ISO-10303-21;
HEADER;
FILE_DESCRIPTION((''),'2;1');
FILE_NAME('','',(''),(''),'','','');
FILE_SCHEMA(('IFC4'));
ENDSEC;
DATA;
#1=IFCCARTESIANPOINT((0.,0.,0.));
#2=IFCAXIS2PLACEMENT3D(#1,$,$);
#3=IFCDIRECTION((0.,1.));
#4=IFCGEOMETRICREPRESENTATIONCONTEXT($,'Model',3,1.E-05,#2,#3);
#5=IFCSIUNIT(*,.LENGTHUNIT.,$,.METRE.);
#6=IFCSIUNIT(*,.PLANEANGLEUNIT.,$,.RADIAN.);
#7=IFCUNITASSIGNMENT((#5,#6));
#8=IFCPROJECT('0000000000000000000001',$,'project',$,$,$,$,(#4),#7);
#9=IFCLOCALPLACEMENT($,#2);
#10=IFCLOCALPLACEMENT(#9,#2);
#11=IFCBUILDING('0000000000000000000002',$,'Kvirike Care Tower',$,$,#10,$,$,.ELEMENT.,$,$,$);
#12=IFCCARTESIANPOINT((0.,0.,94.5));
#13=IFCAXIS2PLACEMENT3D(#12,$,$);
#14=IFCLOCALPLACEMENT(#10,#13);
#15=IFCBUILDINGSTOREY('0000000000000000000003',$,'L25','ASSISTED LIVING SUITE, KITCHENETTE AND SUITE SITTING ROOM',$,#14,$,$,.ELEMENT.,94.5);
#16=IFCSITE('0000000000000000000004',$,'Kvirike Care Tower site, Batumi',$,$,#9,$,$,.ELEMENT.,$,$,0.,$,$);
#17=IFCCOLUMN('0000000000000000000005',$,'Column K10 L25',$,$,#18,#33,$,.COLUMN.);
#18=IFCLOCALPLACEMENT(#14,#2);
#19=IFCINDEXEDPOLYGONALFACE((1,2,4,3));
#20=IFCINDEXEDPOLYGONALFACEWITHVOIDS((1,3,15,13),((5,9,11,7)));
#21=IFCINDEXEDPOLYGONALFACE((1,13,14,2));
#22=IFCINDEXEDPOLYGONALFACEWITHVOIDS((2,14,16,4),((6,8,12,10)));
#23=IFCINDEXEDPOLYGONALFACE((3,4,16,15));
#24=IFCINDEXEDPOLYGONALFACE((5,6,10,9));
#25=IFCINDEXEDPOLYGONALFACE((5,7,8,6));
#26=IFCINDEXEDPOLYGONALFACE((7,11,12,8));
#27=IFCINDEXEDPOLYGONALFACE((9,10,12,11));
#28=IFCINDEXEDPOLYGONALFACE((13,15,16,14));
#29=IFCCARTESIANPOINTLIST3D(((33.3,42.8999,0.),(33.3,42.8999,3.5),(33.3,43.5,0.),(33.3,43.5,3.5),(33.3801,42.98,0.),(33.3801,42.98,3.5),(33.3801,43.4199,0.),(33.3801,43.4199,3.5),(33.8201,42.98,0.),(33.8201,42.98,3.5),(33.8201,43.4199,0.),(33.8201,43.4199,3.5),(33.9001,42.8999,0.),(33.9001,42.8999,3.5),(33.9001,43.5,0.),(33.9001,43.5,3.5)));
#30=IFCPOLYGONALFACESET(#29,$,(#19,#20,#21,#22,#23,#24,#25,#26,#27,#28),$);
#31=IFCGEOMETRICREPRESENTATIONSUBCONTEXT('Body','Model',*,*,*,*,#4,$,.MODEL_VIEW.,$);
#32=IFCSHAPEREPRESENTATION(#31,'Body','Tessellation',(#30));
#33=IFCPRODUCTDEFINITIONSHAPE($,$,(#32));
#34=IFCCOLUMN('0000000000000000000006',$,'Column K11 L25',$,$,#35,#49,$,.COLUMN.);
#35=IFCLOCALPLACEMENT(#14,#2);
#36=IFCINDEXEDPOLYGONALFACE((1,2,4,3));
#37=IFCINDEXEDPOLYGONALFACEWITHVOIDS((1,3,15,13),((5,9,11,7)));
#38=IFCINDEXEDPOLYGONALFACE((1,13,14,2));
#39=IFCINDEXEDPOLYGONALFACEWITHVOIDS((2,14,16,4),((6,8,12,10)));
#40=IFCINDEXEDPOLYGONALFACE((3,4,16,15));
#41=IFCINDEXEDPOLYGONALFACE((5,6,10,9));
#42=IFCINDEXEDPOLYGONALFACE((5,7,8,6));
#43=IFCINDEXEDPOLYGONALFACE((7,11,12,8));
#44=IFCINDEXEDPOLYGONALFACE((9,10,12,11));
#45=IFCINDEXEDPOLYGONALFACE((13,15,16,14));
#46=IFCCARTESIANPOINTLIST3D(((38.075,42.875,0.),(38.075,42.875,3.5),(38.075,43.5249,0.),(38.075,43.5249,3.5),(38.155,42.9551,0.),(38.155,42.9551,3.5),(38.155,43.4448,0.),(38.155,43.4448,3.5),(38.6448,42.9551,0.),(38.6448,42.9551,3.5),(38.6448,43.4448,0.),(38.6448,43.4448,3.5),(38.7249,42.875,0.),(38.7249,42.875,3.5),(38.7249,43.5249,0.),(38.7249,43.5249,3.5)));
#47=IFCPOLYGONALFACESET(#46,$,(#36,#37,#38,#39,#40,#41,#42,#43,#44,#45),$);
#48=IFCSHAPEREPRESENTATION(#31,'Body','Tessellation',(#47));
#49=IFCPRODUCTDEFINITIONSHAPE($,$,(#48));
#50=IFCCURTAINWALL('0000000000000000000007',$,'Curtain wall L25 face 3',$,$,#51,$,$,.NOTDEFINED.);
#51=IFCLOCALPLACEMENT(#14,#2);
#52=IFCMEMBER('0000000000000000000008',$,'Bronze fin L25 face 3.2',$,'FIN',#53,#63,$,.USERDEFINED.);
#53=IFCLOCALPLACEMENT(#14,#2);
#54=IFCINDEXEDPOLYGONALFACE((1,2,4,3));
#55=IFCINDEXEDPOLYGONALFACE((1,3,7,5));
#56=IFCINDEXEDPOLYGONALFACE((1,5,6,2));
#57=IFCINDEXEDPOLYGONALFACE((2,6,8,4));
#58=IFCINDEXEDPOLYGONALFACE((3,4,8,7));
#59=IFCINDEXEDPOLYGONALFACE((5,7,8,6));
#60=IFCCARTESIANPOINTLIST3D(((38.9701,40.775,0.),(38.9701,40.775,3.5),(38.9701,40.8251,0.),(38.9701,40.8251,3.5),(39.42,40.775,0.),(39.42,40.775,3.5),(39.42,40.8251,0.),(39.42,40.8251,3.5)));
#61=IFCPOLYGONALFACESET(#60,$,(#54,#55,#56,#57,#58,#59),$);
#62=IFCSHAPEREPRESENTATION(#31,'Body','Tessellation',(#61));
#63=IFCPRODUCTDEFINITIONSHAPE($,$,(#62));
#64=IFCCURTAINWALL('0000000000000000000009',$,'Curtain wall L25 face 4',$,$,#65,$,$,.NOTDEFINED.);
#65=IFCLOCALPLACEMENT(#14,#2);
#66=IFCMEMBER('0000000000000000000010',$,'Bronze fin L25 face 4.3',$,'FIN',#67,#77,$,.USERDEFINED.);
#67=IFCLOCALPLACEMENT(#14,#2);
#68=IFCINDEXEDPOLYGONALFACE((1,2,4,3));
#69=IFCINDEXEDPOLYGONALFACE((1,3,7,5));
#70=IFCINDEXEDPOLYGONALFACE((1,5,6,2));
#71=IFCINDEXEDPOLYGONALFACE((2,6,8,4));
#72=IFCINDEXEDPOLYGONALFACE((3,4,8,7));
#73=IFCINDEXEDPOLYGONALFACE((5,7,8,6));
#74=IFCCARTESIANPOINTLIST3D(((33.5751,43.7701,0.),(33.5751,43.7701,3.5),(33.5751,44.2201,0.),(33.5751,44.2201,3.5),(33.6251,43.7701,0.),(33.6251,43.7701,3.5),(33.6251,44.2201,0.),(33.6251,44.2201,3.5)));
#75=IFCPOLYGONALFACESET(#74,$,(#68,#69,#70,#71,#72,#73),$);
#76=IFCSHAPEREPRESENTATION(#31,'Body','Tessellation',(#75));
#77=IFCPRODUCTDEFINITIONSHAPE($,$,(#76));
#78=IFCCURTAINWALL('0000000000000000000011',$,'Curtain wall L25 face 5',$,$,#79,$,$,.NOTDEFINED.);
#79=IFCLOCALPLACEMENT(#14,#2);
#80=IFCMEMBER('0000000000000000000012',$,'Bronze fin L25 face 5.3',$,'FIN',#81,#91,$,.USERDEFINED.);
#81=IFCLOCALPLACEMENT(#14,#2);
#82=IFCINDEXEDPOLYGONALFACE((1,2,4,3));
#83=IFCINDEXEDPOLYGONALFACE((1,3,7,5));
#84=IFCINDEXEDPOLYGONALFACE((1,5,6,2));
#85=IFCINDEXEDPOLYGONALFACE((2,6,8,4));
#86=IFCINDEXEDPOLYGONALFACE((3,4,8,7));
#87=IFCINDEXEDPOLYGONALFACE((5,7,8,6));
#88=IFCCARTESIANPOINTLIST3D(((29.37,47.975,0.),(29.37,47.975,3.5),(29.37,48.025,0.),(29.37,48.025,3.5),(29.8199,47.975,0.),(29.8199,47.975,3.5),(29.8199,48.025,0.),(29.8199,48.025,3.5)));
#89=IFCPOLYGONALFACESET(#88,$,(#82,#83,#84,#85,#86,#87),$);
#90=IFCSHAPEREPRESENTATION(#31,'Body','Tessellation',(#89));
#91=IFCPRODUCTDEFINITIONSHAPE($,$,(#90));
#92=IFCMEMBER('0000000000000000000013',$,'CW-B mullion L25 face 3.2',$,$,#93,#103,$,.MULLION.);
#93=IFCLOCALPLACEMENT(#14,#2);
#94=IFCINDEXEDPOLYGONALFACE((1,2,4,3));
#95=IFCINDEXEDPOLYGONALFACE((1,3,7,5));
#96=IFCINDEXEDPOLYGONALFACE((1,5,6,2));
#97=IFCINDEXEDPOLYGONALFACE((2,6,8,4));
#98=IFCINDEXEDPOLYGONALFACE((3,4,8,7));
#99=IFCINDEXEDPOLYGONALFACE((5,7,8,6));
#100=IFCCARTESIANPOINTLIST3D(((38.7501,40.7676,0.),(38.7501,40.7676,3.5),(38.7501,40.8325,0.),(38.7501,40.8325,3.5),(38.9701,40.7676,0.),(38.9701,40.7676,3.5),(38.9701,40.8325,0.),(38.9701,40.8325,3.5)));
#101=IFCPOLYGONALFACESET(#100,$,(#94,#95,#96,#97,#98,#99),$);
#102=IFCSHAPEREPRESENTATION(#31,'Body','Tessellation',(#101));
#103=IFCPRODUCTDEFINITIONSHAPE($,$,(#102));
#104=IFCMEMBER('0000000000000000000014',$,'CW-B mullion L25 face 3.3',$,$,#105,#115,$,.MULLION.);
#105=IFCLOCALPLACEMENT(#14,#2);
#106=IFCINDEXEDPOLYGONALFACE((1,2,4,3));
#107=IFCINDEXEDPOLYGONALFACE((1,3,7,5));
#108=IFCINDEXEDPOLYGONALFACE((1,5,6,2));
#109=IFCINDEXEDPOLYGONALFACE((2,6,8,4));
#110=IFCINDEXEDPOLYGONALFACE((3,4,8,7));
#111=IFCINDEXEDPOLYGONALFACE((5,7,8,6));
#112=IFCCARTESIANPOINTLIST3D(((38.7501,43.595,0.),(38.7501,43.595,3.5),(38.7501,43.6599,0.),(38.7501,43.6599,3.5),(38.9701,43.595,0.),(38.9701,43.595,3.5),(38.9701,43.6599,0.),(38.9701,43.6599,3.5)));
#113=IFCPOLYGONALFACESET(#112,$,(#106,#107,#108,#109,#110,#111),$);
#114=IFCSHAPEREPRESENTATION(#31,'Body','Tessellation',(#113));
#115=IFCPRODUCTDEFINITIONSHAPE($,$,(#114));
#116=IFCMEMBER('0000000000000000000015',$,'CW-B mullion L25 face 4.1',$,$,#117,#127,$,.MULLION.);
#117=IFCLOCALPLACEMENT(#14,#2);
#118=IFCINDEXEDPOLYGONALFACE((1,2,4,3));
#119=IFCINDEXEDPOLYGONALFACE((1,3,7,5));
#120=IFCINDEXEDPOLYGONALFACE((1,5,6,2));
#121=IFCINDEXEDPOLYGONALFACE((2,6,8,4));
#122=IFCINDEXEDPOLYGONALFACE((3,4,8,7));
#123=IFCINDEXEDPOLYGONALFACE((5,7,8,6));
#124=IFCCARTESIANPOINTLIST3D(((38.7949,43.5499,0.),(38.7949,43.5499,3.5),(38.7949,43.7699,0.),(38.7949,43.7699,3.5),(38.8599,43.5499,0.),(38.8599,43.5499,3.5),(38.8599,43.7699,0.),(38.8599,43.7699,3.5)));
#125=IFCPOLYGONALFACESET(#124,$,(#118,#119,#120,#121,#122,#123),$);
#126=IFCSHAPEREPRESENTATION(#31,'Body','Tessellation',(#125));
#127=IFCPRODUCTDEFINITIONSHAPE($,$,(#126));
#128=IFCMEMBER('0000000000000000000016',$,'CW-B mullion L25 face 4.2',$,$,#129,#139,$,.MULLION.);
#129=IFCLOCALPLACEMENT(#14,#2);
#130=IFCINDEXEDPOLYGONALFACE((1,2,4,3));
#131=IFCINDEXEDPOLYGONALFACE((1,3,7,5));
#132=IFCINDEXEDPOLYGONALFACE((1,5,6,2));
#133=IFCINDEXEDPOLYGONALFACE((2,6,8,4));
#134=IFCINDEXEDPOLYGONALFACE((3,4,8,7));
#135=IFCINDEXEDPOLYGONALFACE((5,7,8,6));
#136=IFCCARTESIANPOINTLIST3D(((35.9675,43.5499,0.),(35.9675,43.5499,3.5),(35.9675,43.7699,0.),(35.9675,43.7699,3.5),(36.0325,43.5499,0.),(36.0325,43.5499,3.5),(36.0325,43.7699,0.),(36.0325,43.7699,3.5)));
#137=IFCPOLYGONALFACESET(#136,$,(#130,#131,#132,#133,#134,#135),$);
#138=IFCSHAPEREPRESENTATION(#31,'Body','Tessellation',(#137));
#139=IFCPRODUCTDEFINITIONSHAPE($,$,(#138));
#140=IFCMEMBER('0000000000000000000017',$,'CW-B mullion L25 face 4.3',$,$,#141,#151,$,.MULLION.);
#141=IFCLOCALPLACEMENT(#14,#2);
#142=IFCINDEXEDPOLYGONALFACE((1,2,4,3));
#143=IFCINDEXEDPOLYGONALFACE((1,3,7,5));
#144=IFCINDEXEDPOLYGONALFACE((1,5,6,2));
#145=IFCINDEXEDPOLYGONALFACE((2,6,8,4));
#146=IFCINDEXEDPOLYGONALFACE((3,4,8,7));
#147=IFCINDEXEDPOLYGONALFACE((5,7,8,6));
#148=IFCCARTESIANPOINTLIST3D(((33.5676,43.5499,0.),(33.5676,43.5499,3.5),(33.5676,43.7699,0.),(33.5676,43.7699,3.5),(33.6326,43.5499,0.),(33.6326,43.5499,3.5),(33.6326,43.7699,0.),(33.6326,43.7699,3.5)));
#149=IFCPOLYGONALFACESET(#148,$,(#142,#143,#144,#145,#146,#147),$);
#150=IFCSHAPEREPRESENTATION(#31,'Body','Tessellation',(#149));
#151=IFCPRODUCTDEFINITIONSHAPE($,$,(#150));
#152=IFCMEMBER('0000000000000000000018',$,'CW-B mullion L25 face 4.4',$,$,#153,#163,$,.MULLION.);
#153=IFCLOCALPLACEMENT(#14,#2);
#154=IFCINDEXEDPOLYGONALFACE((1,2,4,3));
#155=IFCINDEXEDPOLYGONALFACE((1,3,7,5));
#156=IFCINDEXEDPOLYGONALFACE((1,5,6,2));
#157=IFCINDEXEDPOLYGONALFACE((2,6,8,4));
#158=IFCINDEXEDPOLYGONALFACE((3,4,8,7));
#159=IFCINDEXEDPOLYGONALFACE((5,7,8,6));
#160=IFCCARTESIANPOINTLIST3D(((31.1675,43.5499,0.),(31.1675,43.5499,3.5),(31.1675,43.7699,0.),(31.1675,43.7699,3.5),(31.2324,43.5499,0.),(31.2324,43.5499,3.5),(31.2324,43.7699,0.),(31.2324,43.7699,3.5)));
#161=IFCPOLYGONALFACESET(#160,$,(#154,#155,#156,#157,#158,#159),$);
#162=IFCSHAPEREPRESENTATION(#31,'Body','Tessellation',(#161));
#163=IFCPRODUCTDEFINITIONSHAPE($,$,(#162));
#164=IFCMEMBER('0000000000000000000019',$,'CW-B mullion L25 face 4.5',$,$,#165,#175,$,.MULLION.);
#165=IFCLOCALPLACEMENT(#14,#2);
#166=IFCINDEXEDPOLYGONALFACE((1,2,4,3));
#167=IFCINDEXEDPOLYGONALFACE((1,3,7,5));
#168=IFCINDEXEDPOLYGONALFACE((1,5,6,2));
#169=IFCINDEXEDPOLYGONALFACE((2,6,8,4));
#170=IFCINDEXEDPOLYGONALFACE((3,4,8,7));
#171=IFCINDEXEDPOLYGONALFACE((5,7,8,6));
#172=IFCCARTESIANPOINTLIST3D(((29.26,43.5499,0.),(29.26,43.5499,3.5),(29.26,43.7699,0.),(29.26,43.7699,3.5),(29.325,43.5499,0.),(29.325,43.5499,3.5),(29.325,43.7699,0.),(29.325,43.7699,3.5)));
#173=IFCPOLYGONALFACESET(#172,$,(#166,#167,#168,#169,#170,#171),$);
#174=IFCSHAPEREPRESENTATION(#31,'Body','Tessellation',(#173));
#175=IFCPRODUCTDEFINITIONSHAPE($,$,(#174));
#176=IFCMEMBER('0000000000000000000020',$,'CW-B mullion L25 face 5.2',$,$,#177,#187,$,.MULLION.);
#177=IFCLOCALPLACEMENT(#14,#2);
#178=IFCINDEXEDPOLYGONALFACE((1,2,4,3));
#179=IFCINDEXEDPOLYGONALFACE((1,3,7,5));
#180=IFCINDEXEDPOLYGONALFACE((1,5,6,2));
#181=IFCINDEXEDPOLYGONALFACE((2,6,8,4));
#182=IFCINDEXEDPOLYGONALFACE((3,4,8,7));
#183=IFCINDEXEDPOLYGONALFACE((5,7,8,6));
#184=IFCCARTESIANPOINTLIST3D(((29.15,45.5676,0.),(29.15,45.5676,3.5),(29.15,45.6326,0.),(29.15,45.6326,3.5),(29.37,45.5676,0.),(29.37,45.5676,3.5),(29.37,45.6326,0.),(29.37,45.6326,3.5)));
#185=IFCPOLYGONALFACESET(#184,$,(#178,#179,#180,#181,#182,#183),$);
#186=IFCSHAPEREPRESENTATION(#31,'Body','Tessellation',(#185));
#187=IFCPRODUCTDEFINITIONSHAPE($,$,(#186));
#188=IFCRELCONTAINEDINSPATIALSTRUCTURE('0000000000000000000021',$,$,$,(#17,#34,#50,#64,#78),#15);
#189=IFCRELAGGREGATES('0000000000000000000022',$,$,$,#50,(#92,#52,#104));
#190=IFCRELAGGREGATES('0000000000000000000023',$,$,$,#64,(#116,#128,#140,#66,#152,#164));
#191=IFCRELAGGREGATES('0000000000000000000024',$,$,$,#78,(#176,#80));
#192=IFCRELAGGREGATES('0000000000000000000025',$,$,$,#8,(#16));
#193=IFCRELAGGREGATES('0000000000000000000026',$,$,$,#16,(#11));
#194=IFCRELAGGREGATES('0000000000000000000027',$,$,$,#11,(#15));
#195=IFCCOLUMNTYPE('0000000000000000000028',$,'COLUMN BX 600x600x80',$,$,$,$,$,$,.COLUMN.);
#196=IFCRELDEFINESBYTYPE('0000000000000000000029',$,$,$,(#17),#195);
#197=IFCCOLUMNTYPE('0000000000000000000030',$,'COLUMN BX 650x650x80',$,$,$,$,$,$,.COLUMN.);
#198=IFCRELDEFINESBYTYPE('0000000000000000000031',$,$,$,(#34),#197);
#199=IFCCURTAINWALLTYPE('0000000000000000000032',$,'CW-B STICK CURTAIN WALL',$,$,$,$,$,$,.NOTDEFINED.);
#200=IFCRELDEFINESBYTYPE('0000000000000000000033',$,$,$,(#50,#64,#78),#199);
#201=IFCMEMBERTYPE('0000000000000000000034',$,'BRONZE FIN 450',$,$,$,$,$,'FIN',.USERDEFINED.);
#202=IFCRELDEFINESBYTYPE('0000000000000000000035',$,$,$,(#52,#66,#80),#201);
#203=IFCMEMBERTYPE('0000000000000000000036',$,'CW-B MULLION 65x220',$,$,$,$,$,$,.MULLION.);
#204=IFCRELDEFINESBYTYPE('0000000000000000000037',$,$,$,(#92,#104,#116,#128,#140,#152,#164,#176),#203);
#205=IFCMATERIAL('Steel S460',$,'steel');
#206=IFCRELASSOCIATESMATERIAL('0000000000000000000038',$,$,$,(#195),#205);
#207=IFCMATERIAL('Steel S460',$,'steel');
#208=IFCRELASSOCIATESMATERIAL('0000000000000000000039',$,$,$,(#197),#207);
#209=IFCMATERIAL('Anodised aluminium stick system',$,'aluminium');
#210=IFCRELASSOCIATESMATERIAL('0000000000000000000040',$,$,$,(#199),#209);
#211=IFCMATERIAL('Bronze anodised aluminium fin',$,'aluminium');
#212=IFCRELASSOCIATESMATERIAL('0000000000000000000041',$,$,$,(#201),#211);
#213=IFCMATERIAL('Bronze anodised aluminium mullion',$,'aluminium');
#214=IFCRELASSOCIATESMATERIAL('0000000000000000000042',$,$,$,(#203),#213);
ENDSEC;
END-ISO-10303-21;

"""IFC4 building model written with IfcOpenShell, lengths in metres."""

from ifc_helpers import new_model, si_unit, direction, frame, origin, origin_2d, place, context, subcontext, project, spatial, rectangle, hollow_rectangle, extrude, material, material_profile, profile_set, type_object, element, aggregate, save


model = new_model("IFC4")

# Units and contexts
model_context = context("Model", 3, precision=1e-05, world=origin(), true_north=direction((0.0, 1.0)))
body_context = subcontext(model_context, "Body", "Model", "MODEL_VIEW")
ifc_project = project(units=[si_unit("LENGTHUNIT", "METRE"), si_unit("PLANEANGLEUNIT", "RADIAN")], contexts=[model_context])

# Site, building, storey
site_placement = place(None, origin())
site = spatial("IfcSite", under=ifc_project, at=site_placement, Name="Kvirike Care Tower site, Batumi", CompositionType="ELEMENT", RefElevation=0.0)
building_placement = place(site_placement, origin())
building = spatial("IfcBuilding", under=site, at=building_placement, Name="Kvirike Care Tower", CompositionType="ELEMENT")
storey_placement = place(building_placement, frame((0.0, 0.0, 94.5)))
storey = spatial("IfcBuildingStorey", under=building, at=storey_placement, Name="L25", Description="ASSISTED LIVING SUITE, KITCHENETTE AND SUITE SITTING ROOM", CompositionType="ELEMENT", Elevation=94.5)

# Columns
ifc_material_1 = material(Name="Steel S460", Category="steel")
ifc_material_profile_1 = material_profile(ifc_material_1, hollow_rectangle(XDim=0.6001, YDim=0.6001, WallThickness=0.0801, at=origin_2d()), Name="BX 600x600x80")
ifc_profile_set_1 = profile_set([ifc_material_profile_1], Name="Steel S460")
column_type_1 = type_object("IfcColumnType", Name="COLUMN BX 600x600x80", PredefinedType="COLUMN", material=ifc_profile_set_1)
column_1_placement = place(storey_placement, frame((33.6001, 43.2, 0.0), z_axis=(0.0, 0.0, 1.0), x_axis=(0.0, 1.0, 0.0)))
element("IfcColumn", 1, at=column_1_placement, inside=storey, type_object=column_type_1, Name="Column K10 L25", PredefinedType="COLUMN", context=body_context, shape_type="SweptSolid", body=[
    extrude(hollow_rectangle(XDim=0.6001, YDim=0.6001, WallThickness=0.0801, at=origin_2d()), origin(), (0.0, 0.0, 1.0), 3.5),
])
ifc_material_2 = material(Name="Steel S460", Category="steel")
ifc_material_profile_2 = material_profile(ifc_material_2, hollow_rectangle(XDim=0.6499, YDim=0.6499, WallThickness=0.0801, at=origin_2d()), Name="BX 650x650x80")
ifc_profile_set_2 = profile_set([ifc_material_profile_2], Name="Steel S460")
column_type_2 = type_object("IfcColumnType", Name="COLUMN BX 650x650x80", PredefinedType="COLUMN", material=ifc_profile_set_2)
column_2_placement = place(storey_placement, frame((38.3999, 43.2, 0.0), z_axis=(0.0, 0.0, 1.0), x_axis=(0.0, 1.0, 0.0)))
element("IfcColumn", 2, at=column_2_placement, inside=storey, type_object=column_type_2, Name="Column K11 L25", PredefinedType="COLUMN", context=body_context, shape_type="SweptSolid", body=[
    extrude(hollow_rectangle(XDim=0.6499, YDim=0.6499, WallThickness=0.0801, at=origin_2d()), origin(), (0.0, 0.0, 1.0), 3.5),
])

# Curtain walls, members
ifc_material_3 = material(Name="Anodised aluminium stick system", Category="aluminium")
curtain_wall_type = type_object("IfcCurtainWallType", Name="CW-B STICK CURTAIN WALL", PredefinedType="NOTDEFINED", material=ifc_material_3)
curtain_wall_1_placement = place(storey_placement, origin())
curtain_wall_1 = element("IfcCurtainWall", 3, at=curtain_wall_1_placement, inside=storey, type_object=curtain_wall_type, Name="Curtain wall L25 face 3", PredefinedType="NOTDEFINED")
ifc_material_4 = material(Name="Bronze anodised aluminium fin", Category="aluminium")
ifc_material_profile_3 = material_profile(ifc_material_4, rectangle(XDim=0.05, YDim=0.45, at=origin_2d()), Name="BRONZE FIN 450")
ifc_profile_set_3 = profile_set([ifc_material_profile_3], Name="Bronze anodised aluminium fin")
member_type_1 = type_object("IfcMemberType", Name="BRONZE FIN 450", ElementType="FIN", PredefinedType="USERDEFINED", material=ifc_profile_set_3)
member_1_placement = place(storey_placement, frame((39.1951, 40.8, 0.0), z_axis=(0.0, 0.0, 1.0), x_axis=(0.0, 1.0, 0.0)))
member_1 = element("IfcMember", 4, at=member_1_placement, type_object=member_type_1, Name="Bronze fin L25 face 3.2", ObjectType="FIN", PredefinedType="USERDEFINED", context=body_context, shape_type="SweptSolid", body=[
    extrude(rectangle(XDim=0.05, YDim=0.45, at=origin_2d()), origin(), (0.0, 0.0, 1.0), 3.5),
])
curtain_wall_2_placement = place(storey_placement, origin())
curtain_wall_2 = element("IfcCurtainWall", 5, at=curtain_wall_2_placement, inside=storey, type_object=curtain_wall_type, Name="Curtain wall L25 face 4", PredefinedType="NOTDEFINED")
member_2_placement = place(storey_placement, frame((33.6001, 43.9951, 0.0), z_axis=(0.0, 0.0, 1.0), x_axis=(-1.0, 0.0, 0.0)))
member_2 = element("IfcMember", 6, at=member_2_placement, type_object=member_type_1, Name="Bronze fin L25 face 4.3", ObjectType="FIN", PredefinedType="USERDEFINED", context=body_context, shape_type="SweptSolid", body=[
    extrude(rectangle(XDim=0.05, YDim=0.45, at=origin_2d()), origin(), (0.0, 0.0, 1.0), 3.5),
])
curtain_wall_3_placement = place(storey_placement, origin())
curtain_wall_3 = element("IfcCurtainWall", 7, at=curtain_wall_3_placement, inside=storey, type_object=curtain_wall_type, Name="Curtain wall L25 face 5", PredefinedType="NOTDEFINED")
member_3_placement = place(storey_placement, frame((29.595, 48.0, 0.0), z_axis=(0.0, 0.0, 1.0), x_axis=(0.0, 1.0, 0.0)))
member_3 = element("IfcMember", 8, at=member_3_placement, type_object=member_type_1, Name="Bronze fin L25 face 5.3", ObjectType="FIN", PredefinedType="USERDEFINED", context=body_context, shape_type="SweptSolid", body=[
    extrude(rectangle(XDim=0.05, YDim=0.45, at=origin_2d()), origin(), (0.0, 0.0, 1.0), 3.5),
])

# Members
ifc_material_5 = material(Name="Bronze anodised aluminium mullion", Category="aluminium")
ifc_material_profile_4 = material_profile(ifc_material_5, rectangle(XDim=0.0649, YDim=0.22, at=origin_2d()), Name="CW-B MULLION 65x220")
ifc_profile_set_4 = profile_set([ifc_material_profile_4], Name="Bronze anodised aluminium mullion")
member_type_2 = type_object("IfcMemberType", Name="CW-B MULLION 65x220", PredefinedType="MULLION", material=ifc_profile_set_4)
member_4_placement = place(storey_placement, frame((38.8601, 40.8, 0.0), z_axis=(0.0, 0.0, 1.0), x_axis=(0.0, 1.0, 0.0)))
member_4 = element("IfcMember", 9, at=member_4_placement, type_object=member_type_2, Name="CW-B mullion L25 face 3.2", PredefinedType="MULLION", context=body_context, shape_type="SweptSolid", body=[
    extrude(rectangle(XDim=0.0649, YDim=0.22, at=origin_2d()), origin(), (0.0, 0.0, 1.0), 3.5),
])
member_5_placement = place(storey_placement, frame((38.8601, 43.6274, 0.0), z_axis=(0.0, 0.0, 1.0), x_axis=(0.0, 1.0, 0.0)))
member_5 = element("IfcMember", 10, at=member_5_placement, type_object=member_type_2, Name="CW-B mullion L25 face 3.3", PredefinedType="MULLION", context=body_context, shape_type="SweptSolid", body=[
    extrude(rectangle(XDim=0.0649, YDim=0.22, at=origin_2d()), origin(), (0.0, 0.0, 1.0), 3.5),
])
member_6_placement = place(storey_placement, frame((38.8274, 43.6599, 0.0), z_axis=(0.0, 0.0, 1.0), x_axis=(-1.0, 0.0, 0.0)))
member_6 = element("IfcMember", 11, at=member_6_placement, type_object=member_type_2, Name="CW-B mullion L25 face 4.1", PredefinedType="MULLION", context=body_context, shape_type="SweptSolid", body=[
    extrude(rectangle(XDim=0.0649, YDim=0.22, at=origin_2d()), origin(), (0.0, 0.0, 1.0), 3.5),
])
member_7_placement = place(storey_placement, frame((36.0, 43.6599, 0.0), z_axis=(0.0, 0.0, 1.0), x_axis=(-1.0, 0.0, 0.0)))
member_7 = element("IfcMember", 12, at=member_7_placement, type_object=member_type_2, Name="CW-B mullion L25 face 4.2", PredefinedType="MULLION", context=body_context, shape_type="SweptSolid", body=[
    extrude(rectangle(XDim=0.0649, YDim=0.22, at=origin_2d()), origin(), (0.0, 0.0, 1.0), 3.5),
])
member_8_placement = place(storey_placement, frame((33.6001, 43.6599, 0.0), z_axis=(0.0, 0.0, 1.0), x_axis=(-1.0, 0.0, 0.0)))
member_8 = element("IfcMember", 13, at=member_8_placement, type_object=member_type_2, Name="CW-B mullion L25 face 4.3", PredefinedType="MULLION", context=body_context, shape_type="SweptSolid", body=[
    extrude(rectangle(XDim=0.0649, YDim=0.22, at=origin_2d()), origin(), (0.0, 0.0, 1.0), 3.5),
])
member_9_placement = place(storey_placement, frame((31.2, 43.6599, 0.0), z_axis=(0.0, 0.0, 1.0), x_axis=(-1.0, 0.0, 0.0)))
member_9 = element("IfcMember", 14, at=member_9_placement, type_object=member_type_2, Name="CW-B mullion L25 face 4.4", PredefinedType="MULLION", context=body_context, shape_type="SweptSolid", body=[
    extrude(rectangle(XDim=0.0649, YDim=0.22, at=origin_2d()), origin(), (0.0, 0.0, 1.0), 3.5),
])
member_10_placement = place(storey_placement, frame((29.2925, 43.6599, 0.0), z_axis=(0.0, 0.0, 1.0), x_axis=(-1.0, 0.0, 0.0)))
member_10 = element("IfcMember", 15, at=member_10_placement, type_object=member_type_2, Name="CW-B mullion L25 face 4.5", PredefinedType="MULLION", context=body_context, shape_type="SweptSolid", body=[
    extrude(rectangle(XDim=0.0649, YDim=0.22, at=origin_2d()), origin(), (0.0, 0.0, 1.0), 3.5),
])
member_11_placement = place(storey_placement, frame((29.26, 45.6001, 0.0), z_axis=(0.0, 0.0, 1.0), x_axis=(0.0, 1.0, 0.0)))
member_11 = element("IfcMember", 16, at=member_11_placement, type_object=member_type_2, Name="CW-B mullion L25 face 5.2", PredefinedType="MULLION", context=body_context, shape_type="SweptSolid", body=[
    extrude(rectangle(XDim=0.0649, YDim=0.22, at=origin_2d()), origin(), (0.0, 0.0, 1.0), 3.5),
])

aggregate(curtain_wall_1, [member_4, member_1, member_5])
aggregate(curtain_wall_2, [member_6, member_7, member_8, member_2, member_9, member_10])
aggregate(curtain_wall_3, [member_11, member_3])

save(model, "model.ifc")
